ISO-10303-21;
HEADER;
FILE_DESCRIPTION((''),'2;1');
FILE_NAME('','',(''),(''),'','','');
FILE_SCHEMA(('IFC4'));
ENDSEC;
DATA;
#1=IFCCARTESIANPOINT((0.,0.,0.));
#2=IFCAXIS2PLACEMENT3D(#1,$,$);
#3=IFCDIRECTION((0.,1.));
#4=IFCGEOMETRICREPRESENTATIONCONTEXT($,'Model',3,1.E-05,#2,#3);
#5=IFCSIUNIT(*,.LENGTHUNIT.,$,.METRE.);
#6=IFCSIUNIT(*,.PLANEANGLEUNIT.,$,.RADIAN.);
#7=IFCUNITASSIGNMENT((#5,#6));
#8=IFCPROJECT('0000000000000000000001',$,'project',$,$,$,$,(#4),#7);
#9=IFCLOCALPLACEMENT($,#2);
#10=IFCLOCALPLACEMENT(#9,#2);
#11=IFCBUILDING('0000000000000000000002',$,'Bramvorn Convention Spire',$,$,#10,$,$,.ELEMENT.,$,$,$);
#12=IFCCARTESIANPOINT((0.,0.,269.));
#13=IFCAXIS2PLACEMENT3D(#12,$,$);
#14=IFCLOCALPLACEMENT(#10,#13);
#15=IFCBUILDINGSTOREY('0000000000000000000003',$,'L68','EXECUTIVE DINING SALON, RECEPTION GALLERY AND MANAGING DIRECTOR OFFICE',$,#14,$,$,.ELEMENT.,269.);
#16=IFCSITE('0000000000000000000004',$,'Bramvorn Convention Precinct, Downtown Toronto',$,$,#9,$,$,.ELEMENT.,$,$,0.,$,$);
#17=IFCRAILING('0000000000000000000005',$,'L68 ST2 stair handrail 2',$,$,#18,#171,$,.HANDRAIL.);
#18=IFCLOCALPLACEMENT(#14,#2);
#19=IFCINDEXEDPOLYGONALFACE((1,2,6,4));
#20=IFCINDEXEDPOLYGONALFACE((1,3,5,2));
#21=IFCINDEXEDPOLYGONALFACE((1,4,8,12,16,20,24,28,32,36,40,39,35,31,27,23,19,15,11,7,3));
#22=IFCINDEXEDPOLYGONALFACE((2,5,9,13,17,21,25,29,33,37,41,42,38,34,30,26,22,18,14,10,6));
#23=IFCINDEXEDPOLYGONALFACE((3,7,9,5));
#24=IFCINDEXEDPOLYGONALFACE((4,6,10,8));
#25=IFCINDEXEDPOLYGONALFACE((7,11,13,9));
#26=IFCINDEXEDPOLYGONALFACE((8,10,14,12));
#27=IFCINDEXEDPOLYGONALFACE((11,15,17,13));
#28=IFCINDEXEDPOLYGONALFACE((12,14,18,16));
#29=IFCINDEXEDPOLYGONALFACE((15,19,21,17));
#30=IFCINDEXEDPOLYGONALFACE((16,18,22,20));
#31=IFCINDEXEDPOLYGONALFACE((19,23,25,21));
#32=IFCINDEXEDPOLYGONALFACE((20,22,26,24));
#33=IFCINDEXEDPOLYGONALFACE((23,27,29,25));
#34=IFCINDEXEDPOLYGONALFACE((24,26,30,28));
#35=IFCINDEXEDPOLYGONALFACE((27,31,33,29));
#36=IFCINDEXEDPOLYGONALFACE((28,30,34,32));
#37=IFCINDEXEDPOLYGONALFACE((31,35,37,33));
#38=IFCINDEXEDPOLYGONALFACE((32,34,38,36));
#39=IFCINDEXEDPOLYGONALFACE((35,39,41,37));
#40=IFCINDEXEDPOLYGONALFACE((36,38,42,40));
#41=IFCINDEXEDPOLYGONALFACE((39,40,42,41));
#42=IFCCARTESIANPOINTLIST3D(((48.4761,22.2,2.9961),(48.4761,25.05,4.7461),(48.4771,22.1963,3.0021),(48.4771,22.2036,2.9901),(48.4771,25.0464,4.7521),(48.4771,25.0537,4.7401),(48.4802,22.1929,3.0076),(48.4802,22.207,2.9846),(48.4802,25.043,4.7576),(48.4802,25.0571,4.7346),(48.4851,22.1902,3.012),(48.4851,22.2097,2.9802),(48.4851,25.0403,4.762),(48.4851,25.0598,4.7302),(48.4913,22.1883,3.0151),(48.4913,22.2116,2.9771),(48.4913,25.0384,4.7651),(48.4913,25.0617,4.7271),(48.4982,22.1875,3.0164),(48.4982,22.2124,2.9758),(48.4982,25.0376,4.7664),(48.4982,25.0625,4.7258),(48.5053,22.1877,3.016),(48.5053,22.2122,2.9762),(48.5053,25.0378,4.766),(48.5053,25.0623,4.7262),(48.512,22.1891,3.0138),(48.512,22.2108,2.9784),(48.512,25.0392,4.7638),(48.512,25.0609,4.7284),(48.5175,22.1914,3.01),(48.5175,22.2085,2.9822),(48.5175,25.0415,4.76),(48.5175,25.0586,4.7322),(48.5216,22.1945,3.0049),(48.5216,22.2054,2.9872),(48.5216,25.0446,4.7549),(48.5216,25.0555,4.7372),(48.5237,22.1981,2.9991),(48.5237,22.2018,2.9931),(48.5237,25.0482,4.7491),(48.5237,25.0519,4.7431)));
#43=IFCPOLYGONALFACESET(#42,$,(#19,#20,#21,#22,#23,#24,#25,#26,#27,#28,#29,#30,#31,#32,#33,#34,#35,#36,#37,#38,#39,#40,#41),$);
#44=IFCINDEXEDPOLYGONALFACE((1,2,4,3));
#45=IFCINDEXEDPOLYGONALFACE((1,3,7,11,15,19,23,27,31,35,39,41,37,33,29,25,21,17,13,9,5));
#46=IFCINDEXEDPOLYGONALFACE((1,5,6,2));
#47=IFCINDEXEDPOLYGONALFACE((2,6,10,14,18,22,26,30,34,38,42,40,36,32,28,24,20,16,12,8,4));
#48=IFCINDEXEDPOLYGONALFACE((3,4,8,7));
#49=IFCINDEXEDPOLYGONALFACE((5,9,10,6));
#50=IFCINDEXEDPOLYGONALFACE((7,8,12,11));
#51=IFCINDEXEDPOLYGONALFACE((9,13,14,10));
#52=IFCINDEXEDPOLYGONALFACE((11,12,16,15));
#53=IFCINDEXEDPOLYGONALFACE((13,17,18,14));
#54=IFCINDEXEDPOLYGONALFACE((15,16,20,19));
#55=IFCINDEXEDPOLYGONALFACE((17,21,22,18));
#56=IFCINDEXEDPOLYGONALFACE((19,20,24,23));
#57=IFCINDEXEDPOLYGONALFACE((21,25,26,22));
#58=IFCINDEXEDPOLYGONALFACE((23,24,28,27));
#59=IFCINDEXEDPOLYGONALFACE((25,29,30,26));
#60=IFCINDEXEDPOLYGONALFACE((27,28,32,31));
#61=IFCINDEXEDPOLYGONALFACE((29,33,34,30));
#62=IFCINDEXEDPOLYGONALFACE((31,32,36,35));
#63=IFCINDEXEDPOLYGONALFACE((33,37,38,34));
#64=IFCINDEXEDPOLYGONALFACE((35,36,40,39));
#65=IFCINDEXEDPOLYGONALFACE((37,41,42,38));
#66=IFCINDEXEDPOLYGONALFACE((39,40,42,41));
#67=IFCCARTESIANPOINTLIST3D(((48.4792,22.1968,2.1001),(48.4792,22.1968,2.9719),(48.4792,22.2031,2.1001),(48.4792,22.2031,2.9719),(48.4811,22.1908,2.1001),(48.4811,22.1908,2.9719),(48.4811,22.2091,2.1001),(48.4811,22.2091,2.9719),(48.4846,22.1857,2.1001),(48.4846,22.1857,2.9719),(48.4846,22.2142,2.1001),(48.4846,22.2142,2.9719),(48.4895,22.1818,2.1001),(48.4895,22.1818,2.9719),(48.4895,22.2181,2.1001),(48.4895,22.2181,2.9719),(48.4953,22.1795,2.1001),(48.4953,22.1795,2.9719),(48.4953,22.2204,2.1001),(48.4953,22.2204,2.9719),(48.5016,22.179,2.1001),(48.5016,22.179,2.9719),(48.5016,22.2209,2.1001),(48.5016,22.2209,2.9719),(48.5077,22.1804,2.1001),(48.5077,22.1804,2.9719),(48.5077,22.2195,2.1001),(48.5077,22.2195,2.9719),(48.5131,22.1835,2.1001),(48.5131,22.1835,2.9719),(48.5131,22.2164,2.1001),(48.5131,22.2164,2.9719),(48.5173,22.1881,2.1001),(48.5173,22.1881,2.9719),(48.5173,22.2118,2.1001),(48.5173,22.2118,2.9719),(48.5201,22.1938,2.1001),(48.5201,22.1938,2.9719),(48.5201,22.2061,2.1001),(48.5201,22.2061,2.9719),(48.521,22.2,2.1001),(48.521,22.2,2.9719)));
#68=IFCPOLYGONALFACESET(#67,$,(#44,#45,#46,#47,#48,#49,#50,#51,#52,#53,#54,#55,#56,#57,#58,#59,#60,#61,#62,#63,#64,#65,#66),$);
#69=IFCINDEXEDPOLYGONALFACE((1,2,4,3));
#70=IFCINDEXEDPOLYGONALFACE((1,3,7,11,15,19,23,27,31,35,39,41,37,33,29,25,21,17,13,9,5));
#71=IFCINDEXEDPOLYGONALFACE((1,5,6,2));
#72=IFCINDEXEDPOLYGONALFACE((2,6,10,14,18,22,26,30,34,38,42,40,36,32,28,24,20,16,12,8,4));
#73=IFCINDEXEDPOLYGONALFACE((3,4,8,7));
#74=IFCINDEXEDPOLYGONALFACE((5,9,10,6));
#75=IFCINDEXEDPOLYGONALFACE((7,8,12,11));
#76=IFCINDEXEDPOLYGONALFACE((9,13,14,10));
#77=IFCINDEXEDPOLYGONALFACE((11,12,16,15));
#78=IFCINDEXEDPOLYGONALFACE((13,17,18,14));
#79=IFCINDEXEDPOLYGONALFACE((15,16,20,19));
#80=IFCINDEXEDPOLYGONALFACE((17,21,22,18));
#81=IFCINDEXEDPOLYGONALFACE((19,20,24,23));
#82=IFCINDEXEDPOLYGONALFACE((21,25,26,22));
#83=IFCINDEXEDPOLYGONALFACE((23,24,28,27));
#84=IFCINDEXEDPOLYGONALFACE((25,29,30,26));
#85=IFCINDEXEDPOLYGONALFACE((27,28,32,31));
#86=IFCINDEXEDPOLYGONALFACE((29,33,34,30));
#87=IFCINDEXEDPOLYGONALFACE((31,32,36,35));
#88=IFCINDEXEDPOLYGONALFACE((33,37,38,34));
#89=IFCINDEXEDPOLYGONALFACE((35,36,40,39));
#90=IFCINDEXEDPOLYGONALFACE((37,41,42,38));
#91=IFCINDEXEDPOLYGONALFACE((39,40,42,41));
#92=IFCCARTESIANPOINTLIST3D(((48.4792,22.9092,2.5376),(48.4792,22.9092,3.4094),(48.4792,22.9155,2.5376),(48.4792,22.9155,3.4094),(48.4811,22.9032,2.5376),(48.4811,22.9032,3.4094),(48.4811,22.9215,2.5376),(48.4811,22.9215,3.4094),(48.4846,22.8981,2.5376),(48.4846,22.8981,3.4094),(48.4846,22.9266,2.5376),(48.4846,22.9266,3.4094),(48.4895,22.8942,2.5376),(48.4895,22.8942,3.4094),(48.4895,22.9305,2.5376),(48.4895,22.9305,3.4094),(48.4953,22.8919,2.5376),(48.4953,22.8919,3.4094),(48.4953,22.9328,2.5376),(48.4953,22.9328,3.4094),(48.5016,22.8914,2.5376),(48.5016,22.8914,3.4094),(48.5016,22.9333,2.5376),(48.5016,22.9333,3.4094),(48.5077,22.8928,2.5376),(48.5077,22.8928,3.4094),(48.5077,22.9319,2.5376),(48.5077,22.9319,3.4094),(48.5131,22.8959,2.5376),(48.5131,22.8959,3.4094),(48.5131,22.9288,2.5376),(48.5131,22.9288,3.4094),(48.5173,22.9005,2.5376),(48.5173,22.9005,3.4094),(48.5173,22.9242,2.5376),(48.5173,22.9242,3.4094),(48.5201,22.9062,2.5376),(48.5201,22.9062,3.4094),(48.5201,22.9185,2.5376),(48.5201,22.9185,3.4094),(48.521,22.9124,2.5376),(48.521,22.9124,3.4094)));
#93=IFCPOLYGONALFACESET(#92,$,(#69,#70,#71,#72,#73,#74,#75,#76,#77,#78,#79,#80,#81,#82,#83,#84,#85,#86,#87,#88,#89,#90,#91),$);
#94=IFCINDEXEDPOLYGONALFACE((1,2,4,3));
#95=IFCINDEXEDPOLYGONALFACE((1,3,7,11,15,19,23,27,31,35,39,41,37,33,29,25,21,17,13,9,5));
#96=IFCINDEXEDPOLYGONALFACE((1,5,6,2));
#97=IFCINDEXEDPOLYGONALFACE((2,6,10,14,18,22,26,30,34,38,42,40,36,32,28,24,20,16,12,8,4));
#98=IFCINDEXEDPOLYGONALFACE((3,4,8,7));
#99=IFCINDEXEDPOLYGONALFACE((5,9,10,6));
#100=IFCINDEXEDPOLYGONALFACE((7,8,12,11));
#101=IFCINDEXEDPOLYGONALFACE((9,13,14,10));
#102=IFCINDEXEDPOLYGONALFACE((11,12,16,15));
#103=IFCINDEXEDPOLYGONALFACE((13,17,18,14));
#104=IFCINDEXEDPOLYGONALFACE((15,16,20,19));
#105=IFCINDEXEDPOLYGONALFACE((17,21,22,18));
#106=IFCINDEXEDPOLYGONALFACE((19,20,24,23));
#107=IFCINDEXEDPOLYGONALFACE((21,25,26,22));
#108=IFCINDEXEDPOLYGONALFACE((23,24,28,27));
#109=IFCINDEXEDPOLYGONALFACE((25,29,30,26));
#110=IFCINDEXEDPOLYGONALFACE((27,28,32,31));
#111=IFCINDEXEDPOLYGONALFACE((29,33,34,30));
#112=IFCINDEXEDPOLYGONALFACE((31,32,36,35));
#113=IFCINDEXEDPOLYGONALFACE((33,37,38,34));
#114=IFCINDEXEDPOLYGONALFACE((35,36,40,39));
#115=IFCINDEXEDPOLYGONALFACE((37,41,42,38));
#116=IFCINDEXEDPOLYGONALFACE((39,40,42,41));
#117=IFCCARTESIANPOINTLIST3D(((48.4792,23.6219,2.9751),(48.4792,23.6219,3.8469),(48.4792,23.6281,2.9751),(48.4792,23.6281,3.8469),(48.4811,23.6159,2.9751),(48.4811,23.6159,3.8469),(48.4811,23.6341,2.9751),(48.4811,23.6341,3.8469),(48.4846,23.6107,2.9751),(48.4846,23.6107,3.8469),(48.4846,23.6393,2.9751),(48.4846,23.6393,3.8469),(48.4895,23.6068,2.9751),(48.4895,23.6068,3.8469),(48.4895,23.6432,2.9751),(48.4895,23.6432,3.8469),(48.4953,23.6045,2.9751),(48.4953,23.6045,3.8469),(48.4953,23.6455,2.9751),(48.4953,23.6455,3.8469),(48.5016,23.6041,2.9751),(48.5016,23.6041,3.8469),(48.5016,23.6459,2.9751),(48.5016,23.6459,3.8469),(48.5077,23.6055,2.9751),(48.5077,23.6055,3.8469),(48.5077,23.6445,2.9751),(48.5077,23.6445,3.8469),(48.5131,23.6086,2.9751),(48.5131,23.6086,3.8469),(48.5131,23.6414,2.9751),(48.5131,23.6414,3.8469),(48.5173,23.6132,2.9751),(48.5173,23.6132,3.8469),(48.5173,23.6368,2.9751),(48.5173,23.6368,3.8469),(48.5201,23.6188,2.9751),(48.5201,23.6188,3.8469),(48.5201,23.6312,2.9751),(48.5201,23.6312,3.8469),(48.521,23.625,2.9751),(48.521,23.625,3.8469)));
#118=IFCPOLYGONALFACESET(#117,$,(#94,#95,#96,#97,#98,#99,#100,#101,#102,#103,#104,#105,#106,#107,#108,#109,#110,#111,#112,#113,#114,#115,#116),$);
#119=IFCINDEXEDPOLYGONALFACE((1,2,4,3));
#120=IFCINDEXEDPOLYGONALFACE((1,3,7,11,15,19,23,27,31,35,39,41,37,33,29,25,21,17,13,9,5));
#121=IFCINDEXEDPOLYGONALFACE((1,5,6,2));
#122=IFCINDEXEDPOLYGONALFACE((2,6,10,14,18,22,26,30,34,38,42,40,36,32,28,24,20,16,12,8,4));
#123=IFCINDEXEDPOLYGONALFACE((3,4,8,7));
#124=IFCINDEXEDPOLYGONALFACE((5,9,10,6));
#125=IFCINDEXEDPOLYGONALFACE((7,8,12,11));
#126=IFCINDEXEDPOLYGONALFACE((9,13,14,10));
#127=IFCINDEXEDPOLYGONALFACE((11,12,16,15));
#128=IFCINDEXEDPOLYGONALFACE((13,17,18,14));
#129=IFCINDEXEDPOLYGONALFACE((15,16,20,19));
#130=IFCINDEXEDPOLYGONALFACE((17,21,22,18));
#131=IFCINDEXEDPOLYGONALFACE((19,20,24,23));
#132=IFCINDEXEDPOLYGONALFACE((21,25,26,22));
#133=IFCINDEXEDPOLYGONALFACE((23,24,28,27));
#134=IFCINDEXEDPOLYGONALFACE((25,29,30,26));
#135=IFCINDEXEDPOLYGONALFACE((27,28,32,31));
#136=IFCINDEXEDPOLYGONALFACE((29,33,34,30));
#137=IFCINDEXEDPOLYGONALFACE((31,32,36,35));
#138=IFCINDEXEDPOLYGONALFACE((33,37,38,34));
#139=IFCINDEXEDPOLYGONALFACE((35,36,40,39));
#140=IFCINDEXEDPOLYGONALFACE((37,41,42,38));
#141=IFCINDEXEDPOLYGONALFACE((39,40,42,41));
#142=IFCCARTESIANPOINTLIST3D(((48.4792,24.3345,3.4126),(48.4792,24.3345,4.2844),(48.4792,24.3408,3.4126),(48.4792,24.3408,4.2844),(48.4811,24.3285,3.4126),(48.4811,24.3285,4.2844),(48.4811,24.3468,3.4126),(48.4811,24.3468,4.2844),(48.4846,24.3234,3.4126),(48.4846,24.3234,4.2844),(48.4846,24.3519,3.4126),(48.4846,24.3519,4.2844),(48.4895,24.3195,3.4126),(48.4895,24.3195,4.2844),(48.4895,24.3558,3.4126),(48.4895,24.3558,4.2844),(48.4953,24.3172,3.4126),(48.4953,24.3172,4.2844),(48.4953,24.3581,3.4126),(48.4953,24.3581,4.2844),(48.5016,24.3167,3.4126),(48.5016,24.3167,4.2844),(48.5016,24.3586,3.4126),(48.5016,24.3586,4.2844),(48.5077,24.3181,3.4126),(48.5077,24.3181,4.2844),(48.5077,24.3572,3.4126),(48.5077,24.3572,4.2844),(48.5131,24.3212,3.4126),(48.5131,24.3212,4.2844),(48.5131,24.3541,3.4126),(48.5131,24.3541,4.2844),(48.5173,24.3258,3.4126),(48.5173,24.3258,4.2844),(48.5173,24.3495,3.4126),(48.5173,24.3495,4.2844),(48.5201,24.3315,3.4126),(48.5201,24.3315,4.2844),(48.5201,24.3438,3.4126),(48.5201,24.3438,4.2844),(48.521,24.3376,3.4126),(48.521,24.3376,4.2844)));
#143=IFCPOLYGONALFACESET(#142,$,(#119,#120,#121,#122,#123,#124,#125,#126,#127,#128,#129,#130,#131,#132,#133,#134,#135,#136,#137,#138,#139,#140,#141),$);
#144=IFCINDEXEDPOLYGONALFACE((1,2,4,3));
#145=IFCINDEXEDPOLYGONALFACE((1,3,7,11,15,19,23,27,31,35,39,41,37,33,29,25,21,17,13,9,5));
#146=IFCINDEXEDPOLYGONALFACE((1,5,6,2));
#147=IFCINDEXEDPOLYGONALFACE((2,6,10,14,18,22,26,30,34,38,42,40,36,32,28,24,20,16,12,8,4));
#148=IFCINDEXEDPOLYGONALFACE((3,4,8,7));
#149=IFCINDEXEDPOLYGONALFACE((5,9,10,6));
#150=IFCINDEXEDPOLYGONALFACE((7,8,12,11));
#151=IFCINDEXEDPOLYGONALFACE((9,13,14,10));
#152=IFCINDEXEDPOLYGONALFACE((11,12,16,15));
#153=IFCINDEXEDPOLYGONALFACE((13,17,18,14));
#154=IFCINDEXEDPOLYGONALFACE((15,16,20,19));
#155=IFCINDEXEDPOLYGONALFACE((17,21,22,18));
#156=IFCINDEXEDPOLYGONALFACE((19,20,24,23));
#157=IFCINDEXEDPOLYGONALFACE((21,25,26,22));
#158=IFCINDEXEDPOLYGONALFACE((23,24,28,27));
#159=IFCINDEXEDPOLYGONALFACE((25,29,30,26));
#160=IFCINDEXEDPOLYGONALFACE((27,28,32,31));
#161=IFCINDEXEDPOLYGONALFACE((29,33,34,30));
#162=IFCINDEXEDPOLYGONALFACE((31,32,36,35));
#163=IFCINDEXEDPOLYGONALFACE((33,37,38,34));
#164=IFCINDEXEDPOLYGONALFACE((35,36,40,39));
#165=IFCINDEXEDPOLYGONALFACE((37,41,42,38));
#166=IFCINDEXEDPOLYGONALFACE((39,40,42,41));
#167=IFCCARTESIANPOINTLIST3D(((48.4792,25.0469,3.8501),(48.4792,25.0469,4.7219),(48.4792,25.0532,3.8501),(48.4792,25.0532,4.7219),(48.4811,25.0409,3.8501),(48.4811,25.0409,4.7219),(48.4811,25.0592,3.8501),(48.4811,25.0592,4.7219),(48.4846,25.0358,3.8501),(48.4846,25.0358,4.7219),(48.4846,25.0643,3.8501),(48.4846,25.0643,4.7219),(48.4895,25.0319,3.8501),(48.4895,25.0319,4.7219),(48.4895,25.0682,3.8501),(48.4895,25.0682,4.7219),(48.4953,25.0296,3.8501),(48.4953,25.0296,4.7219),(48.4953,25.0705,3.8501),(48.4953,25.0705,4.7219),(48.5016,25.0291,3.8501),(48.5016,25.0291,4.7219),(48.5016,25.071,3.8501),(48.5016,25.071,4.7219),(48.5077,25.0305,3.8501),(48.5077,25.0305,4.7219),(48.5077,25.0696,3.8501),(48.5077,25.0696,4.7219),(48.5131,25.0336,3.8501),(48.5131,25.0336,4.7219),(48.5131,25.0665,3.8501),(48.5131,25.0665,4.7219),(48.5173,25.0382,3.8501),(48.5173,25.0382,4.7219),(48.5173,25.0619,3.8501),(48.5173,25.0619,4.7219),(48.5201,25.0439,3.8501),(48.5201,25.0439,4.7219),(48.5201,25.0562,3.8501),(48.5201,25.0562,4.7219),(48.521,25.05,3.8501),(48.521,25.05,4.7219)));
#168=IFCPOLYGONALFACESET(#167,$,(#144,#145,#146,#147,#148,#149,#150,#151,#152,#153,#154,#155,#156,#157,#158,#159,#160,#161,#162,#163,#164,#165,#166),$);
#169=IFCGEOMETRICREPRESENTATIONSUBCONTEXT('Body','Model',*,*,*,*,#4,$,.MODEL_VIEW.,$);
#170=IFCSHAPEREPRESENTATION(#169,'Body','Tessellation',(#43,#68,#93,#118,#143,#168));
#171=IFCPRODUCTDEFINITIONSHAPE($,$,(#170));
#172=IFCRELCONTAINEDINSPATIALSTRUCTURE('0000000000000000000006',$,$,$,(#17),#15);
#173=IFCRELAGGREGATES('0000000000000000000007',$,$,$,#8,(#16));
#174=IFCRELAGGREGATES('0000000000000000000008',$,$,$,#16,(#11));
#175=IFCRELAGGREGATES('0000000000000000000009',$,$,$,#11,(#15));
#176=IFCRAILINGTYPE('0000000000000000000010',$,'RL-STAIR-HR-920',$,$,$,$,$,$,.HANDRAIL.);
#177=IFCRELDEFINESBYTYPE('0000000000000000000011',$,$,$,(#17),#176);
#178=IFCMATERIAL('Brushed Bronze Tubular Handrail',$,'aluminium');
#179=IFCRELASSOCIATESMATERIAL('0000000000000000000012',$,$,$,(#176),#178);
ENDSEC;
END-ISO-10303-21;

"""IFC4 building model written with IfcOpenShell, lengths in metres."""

from ifc_helpers import new_model, si_unit, direction, frame, origin, origin_2d, place, context, subcontext, project, spatial, circle, extrude, material, type_object, element, save


model = new_model("IFC4")

# Units and contexts
model_context = context("Model", 3, precision=1e-05, world=origin(), true_north=direction((0.0, 1.0)))
body_context = subcontext(model_context, "Body", "Model", "MODEL_VIEW")
ifc_project = project(units=[si_unit("LENGTHUNIT", "METRE"), si_unit("PLANEANGLEUNIT", "RADIAN")], contexts=[model_context])

# Site, building, storey
site_placement = place(None, origin())
site = spatial("IfcSite", under=ifc_project, at=site_placement, Name="Bramvorn Convention Precinct, Downtown Toronto", CompositionType="ELEMENT", RefElevation=0.0)
building_placement = place(site_placement, origin())
building = spatial("IfcBuilding", under=site, at=building_placement, Name="Bramvorn Convention Spire", CompositionType="ELEMENT")
storey_placement = place(building_placement, frame((0.0, 0.0, 269.0)))
storey = spatial("IfcBuildingStorey", under=building, at=storey_placement, Name="L68", Description="EXECUTIVE DINING SALON, RECEPTION GALLERY AND MANAGING DIRECTOR OFFICE", CompositionType="ELEMENT", Elevation=269.0)

# Railing
ifc_material_1 = material(Name="Brushed Bronze Tubular Handrail", Category="aluminium")
railing_type = type_object("IfcRailingType", Name="RL-STAIR-HR-920", PredefinedType="HANDRAIL", material=ifc_material_1)
railing_placement = place(storey_placement, frame((48.5, 22.2, 2.1001)))
element("IfcRailing", 1, at=railing_placement, inside=storey, type_object=railing_type, Name="L68 ST2 stair handrail 2", PredefinedType="HANDRAIL", context=body_context, shape_type="SweptSolid", body=[
    extrude(circle(Radius=0.0239, at=origin_2d()), frame((0.0, 0.0, 0.896), z_axis=(0.0, 0.852179, 0.52325), x_axis=(-1.0, 0.0, 0.0)), (0.0, 0.0, 1.0), 3.3445),
    extrude(circle(Radius=0.021, at=origin_2d()), origin(), (0.0, 0.0, 1.0), 0.8718),
    extrude(circle(Radius=0.021, at=origin_2d()), frame((0.0, 0.7124, 0.4375)), (0.0, 0.0, 1.0), 0.8718),
    extrude(circle(Radius=0.021, at=origin_2d()), frame((0.0, 1.425, 0.875)), (0.0, 0.0, 1.0), 0.8718),
    extrude(circle(Radius=0.021, at=origin_2d()), frame((0.0, 2.1377, 1.3125)), (0.0, 0.0, 1.0), 0.8718),
    extrude(circle(Radius=0.021, at=origin_2d()), frame((0.0, 2.8501, 1.75)), (0.0, 0.0, 1.0), 0.8718),
])

save(model, "model.ifc")
